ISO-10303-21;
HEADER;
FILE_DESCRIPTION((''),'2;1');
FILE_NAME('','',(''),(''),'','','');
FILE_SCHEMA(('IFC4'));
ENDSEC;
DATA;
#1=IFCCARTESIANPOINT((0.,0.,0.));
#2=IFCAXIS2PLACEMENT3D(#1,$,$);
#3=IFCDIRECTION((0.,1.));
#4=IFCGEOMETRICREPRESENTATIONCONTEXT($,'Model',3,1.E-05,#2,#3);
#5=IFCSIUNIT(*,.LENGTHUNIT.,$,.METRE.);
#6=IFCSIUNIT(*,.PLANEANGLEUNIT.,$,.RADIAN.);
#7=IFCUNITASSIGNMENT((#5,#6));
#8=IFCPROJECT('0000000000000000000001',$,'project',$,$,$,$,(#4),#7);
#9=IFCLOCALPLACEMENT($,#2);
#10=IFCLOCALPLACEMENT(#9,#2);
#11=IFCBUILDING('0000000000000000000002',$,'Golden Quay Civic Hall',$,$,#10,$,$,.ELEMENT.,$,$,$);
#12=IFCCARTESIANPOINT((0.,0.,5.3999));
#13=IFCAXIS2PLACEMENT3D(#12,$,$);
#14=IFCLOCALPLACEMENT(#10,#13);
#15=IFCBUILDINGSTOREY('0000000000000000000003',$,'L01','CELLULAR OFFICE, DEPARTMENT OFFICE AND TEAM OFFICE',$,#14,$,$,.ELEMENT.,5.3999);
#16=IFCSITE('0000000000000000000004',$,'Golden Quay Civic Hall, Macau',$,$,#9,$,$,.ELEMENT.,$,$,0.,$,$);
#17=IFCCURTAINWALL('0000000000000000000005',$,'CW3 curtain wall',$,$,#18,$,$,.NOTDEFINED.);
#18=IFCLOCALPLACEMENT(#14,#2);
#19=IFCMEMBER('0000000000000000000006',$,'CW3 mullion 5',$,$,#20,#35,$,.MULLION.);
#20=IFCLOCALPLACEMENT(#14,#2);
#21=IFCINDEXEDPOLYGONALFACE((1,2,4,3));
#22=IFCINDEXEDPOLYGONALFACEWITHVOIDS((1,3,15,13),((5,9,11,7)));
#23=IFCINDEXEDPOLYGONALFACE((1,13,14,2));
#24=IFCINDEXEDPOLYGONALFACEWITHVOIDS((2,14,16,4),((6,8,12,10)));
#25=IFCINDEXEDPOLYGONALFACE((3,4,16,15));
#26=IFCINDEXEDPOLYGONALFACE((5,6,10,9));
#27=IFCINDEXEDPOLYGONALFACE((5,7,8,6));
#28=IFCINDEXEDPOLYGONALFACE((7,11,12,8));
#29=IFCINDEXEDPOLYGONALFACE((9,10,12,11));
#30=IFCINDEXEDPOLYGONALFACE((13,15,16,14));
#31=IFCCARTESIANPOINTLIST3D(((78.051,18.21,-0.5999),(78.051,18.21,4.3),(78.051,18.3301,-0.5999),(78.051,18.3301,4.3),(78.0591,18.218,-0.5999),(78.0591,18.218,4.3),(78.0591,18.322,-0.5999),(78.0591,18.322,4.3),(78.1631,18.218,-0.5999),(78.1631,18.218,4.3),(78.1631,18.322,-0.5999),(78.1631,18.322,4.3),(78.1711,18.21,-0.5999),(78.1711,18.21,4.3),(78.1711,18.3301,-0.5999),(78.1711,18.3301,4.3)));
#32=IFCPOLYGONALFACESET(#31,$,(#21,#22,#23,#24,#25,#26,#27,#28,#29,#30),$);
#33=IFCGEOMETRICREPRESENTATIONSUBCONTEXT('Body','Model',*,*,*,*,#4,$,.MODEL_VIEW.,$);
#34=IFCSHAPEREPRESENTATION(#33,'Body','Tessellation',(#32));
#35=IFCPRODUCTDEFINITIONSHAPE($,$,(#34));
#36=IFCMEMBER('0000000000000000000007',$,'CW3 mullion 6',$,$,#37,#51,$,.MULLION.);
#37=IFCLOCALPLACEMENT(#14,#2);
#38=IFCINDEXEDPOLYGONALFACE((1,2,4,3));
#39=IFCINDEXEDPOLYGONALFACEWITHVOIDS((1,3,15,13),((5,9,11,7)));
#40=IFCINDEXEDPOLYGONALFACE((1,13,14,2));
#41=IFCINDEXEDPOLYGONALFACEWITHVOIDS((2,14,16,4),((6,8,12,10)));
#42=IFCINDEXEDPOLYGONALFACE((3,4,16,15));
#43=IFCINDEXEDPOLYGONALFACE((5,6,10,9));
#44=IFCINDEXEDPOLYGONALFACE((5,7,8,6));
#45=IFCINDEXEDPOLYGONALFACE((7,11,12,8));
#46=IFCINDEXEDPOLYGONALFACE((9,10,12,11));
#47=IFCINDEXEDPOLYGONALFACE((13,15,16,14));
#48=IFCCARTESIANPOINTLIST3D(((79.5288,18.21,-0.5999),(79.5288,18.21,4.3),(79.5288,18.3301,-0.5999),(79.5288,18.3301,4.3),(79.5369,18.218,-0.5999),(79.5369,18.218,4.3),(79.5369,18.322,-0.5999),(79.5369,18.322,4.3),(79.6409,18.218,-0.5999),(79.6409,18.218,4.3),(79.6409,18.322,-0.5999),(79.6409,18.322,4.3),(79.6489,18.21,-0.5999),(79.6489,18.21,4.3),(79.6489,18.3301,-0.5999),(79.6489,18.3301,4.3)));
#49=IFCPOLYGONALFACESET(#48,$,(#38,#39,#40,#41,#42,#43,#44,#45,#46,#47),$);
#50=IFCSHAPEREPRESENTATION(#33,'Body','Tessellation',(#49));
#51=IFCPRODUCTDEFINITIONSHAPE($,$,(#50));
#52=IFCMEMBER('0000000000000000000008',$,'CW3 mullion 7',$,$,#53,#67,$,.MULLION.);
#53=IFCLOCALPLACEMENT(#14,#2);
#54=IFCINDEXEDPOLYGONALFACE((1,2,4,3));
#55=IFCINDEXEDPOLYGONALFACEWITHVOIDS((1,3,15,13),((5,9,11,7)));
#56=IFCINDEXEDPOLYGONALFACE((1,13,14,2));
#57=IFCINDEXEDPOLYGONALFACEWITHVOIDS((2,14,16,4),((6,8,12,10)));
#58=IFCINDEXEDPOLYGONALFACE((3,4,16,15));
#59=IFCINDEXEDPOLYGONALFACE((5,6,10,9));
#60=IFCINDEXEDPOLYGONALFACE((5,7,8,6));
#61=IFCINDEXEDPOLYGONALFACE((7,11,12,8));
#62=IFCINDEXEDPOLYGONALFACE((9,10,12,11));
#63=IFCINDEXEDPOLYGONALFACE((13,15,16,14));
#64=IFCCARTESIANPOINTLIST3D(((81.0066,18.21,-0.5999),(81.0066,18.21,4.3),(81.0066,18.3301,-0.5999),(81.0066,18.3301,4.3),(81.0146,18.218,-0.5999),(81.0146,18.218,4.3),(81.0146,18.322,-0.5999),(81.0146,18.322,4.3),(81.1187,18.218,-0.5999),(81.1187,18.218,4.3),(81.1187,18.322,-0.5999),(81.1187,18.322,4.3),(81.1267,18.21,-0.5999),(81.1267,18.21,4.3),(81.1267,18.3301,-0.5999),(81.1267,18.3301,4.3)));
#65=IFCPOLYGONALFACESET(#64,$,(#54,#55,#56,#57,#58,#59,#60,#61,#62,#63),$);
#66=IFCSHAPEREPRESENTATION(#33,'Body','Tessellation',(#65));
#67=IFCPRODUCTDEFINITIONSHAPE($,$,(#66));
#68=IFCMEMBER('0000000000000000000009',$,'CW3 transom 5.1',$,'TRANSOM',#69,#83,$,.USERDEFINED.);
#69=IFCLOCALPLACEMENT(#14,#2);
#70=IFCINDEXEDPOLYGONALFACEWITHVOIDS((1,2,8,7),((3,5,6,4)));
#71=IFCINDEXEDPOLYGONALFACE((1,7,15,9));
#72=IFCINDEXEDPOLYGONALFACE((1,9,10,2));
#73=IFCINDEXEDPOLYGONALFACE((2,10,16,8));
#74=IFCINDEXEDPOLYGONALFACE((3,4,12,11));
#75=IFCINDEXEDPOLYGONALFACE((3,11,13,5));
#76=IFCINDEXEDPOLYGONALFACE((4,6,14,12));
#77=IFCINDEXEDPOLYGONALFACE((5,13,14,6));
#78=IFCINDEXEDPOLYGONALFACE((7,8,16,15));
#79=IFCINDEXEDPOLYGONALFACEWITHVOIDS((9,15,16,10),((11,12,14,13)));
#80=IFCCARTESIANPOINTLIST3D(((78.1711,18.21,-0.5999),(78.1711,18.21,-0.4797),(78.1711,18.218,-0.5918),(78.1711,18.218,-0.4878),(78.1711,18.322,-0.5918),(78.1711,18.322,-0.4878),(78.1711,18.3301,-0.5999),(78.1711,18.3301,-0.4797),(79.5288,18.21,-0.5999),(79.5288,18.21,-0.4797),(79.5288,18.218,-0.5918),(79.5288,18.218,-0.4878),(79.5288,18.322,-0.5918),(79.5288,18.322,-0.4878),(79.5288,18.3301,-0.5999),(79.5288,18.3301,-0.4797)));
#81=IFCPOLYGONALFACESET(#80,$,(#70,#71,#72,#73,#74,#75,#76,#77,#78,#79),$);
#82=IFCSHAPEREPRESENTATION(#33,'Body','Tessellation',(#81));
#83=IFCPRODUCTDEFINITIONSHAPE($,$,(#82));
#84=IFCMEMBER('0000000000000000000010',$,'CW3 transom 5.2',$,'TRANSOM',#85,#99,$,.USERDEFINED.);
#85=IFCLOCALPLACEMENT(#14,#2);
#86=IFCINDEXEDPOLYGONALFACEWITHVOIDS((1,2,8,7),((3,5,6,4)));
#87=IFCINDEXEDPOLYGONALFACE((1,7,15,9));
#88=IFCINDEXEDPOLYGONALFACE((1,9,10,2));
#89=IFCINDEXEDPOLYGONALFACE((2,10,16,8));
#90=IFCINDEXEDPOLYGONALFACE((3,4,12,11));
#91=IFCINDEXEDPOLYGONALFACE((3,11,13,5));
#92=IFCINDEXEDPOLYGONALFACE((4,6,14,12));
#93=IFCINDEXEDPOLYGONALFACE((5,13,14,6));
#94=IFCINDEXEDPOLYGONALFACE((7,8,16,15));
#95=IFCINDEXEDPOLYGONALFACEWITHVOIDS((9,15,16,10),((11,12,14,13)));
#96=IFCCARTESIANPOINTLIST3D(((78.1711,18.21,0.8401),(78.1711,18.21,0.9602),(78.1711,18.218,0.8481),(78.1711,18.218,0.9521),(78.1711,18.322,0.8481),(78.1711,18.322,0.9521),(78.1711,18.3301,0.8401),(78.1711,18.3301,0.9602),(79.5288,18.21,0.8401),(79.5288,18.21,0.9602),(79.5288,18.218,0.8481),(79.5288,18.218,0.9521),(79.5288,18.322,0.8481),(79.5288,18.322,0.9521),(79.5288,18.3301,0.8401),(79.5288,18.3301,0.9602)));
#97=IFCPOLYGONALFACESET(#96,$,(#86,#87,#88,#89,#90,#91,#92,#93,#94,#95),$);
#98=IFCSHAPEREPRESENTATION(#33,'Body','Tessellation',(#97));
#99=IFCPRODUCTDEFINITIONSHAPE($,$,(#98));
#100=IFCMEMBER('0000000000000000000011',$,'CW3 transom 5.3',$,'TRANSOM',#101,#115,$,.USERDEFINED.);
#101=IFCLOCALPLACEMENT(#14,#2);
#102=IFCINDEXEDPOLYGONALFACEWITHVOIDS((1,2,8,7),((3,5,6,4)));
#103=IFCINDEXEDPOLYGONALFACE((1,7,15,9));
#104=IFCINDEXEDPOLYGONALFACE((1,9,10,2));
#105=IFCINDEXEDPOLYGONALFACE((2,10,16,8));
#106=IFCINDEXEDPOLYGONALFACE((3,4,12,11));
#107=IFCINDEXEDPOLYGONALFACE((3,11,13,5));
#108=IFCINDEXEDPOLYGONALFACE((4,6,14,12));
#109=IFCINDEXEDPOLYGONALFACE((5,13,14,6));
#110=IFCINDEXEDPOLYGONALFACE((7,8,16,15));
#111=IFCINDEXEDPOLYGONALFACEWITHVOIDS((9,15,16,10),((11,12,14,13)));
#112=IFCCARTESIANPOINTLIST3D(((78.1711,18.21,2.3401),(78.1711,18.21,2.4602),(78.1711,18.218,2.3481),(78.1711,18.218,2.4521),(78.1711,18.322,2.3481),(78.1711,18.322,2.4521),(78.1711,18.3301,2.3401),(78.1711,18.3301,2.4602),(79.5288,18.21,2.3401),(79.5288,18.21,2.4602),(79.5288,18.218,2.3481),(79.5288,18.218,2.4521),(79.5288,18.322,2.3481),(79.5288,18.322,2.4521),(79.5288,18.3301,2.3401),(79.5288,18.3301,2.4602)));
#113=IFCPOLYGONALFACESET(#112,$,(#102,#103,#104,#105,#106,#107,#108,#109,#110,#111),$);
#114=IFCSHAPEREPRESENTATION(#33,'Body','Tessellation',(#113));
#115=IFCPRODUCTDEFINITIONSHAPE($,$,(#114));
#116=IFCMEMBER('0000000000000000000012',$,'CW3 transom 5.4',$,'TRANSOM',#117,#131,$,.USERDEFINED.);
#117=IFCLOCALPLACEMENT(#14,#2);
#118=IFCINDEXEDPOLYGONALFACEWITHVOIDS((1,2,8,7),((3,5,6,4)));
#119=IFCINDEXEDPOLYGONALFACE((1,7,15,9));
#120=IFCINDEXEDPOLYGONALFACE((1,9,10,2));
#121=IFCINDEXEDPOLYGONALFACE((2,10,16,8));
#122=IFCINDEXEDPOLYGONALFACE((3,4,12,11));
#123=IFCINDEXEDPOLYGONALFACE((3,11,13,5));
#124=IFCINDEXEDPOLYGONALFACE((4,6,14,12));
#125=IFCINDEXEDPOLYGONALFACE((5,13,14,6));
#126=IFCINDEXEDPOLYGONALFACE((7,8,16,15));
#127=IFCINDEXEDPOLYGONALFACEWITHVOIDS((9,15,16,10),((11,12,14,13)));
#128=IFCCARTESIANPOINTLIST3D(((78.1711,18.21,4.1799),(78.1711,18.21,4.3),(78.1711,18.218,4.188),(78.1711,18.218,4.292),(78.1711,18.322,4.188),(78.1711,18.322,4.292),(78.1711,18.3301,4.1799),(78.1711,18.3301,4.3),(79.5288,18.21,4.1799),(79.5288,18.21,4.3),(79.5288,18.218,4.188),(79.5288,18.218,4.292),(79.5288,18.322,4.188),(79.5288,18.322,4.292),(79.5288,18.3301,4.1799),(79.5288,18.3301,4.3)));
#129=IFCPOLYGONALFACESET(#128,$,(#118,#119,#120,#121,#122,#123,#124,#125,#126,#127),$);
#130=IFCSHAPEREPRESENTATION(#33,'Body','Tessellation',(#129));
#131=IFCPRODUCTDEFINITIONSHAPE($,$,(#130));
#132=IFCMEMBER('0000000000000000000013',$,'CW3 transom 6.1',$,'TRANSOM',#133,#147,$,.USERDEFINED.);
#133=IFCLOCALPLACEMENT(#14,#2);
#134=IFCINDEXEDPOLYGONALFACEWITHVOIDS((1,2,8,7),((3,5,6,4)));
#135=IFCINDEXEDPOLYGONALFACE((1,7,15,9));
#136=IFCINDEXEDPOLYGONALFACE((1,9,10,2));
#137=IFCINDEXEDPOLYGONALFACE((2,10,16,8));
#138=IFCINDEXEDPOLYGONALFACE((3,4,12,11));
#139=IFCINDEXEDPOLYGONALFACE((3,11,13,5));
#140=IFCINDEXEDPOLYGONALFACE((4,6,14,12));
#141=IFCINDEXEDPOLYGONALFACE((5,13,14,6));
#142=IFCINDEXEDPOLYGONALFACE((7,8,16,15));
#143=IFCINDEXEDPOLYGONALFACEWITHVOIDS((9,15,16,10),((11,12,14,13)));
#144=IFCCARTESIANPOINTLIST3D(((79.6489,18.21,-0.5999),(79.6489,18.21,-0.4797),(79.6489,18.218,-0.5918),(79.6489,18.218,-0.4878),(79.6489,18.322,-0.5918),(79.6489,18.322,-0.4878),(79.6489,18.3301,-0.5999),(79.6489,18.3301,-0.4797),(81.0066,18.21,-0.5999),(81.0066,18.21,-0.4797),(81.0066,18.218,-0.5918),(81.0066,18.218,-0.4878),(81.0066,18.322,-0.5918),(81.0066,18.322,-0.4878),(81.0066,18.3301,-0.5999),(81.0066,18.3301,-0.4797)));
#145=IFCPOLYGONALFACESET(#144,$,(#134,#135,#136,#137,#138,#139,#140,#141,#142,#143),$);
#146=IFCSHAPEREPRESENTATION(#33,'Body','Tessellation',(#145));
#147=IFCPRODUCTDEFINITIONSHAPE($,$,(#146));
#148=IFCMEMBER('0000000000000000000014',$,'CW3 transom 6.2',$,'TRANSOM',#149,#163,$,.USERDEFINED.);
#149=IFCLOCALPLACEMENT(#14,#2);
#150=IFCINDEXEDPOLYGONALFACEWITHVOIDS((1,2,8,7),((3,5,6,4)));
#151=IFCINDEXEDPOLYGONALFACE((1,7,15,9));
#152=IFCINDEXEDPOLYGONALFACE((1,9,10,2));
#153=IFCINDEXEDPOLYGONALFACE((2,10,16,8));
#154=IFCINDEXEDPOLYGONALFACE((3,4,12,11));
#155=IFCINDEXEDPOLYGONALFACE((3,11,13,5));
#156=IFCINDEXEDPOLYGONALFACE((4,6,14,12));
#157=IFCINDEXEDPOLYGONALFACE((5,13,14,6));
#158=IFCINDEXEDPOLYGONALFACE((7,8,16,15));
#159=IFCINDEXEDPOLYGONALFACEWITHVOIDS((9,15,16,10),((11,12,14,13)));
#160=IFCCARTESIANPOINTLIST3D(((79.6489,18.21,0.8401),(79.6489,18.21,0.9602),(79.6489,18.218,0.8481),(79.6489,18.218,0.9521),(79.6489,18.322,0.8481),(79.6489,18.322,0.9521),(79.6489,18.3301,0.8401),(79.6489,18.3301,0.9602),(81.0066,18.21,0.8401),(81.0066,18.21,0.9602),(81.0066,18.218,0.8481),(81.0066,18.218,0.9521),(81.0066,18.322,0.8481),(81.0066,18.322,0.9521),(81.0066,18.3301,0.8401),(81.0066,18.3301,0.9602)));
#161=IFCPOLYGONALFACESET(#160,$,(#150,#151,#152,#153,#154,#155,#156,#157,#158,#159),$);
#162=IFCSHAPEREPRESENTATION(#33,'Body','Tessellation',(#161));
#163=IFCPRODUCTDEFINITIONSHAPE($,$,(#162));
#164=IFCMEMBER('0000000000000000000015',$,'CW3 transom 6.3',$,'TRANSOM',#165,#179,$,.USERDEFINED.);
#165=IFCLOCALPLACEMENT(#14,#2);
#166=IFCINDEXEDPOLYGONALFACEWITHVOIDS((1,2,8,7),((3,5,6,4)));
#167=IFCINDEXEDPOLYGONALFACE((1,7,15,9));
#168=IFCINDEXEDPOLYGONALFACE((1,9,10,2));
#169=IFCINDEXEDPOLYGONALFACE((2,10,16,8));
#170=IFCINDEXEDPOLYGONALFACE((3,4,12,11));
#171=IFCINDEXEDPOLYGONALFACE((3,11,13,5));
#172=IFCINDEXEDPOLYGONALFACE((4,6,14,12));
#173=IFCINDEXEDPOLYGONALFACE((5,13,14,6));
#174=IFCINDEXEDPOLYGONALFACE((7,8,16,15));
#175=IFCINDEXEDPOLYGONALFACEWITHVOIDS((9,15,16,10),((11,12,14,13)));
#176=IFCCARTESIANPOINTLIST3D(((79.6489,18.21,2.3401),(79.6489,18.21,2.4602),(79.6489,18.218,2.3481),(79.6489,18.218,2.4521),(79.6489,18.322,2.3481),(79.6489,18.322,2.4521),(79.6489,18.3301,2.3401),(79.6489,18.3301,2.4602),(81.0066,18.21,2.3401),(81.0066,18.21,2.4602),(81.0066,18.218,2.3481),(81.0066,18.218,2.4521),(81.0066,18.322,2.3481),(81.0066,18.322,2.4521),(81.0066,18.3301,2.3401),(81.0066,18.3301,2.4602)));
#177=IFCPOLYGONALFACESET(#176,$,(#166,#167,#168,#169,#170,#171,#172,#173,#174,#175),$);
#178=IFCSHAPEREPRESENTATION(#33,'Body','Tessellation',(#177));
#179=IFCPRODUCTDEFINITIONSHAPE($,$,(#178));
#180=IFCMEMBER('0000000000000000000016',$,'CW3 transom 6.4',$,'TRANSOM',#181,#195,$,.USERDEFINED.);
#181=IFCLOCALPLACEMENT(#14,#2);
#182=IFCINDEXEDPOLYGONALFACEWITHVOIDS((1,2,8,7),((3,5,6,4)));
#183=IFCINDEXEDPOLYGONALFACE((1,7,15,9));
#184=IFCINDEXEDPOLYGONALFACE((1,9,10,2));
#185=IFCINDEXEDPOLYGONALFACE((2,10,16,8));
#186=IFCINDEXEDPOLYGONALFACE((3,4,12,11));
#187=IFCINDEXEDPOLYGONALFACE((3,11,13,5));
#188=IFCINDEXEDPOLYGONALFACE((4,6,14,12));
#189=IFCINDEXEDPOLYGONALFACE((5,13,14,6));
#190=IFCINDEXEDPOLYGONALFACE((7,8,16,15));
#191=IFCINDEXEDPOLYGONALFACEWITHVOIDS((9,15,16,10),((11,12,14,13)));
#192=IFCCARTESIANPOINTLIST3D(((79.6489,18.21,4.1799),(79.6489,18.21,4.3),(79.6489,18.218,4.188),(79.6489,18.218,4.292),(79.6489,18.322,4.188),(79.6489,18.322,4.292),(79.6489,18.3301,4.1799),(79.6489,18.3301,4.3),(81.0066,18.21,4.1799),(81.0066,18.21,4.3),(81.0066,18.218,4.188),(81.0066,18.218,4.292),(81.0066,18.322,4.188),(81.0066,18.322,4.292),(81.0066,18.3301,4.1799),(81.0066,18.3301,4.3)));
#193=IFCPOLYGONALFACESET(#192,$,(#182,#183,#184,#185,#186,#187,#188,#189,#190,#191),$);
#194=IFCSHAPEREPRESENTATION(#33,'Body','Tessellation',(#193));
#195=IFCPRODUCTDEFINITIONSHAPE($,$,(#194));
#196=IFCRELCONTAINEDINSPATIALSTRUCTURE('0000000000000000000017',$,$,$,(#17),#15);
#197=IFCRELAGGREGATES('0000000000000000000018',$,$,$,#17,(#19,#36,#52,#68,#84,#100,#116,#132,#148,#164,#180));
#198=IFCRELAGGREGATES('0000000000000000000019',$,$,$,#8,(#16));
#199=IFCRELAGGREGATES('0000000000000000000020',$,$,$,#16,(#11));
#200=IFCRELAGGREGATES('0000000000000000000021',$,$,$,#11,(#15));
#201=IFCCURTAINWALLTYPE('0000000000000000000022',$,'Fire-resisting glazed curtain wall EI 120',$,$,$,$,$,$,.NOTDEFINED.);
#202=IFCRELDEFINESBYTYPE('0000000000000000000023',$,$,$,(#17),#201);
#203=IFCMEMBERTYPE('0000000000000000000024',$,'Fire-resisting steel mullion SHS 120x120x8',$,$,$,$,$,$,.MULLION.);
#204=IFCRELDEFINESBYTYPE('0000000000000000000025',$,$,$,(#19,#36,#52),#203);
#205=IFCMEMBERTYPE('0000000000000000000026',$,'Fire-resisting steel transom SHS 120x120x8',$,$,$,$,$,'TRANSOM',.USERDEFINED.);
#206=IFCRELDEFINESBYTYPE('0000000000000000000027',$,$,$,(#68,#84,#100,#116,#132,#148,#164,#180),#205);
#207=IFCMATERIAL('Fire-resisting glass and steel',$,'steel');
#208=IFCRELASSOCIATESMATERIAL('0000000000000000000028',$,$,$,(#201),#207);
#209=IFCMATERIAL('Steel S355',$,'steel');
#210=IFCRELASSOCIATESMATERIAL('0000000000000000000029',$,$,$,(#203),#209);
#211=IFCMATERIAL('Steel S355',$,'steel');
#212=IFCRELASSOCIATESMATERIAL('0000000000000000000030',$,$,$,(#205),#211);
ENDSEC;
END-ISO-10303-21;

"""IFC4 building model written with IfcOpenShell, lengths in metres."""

from ifc_helpers import new_model, si_unit, direction, frame, origin, origin_2d, place, context, subcontext, project, spatial, hollow_rectangle, extrude, material, material_profile, profile_set, type_object, element, aggregate, save


model = new_model("IFC4")

# Units and contexts
model_context = context("Model", 3, precision=1e-05, world=origin(), true_north=direction((0.0, 1.0)))
body_context = subcontext(model_context, "Body", "Model", "MODEL_VIEW")
ifc_project = project(units=[si_unit("LENGTHUNIT", "METRE"), si_unit("PLANEANGLEUNIT", "RADIAN")], contexts=[model_context])

# Site, building, storey
site_placement = place(None, origin())
site = spatial("IfcSite", under=ifc_project, at=site_placement, Name="Golden Quay Civic Hall, Macau", CompositionType="ELEMENT", RefElevation=0.0)
building_placement = place(site_placement, origin())
building = spatial("IfcBuilding", under=site, at=building_placement, Name="Golden Quay Civic Hall", CompositionType="ELEMENT")
storey_placement = place(building_placement, frame((0.0, 0.0, 5.3999)))
storey = spatial("IfcBuildingStorey", under=building, at=storey_placement, Name="L01", Description="CELLULAR OFFICE, DEPARTMENT OFFICE AND TEAM OFFICE", CompositionType="ELEMENT", Elevation=5.3999)

# Curtain wall, members
ifc_material_1 = material(Name="Fire-resisting glass and steel", Category="steel")
curtain_wall_type = type_object("IfcCurtainWallType", Name="Fire-resisting glazed curtain wall EI 120", PredefinedType="NOTDEFINED", material=ifc_material_1)
curtain_wall_placement = place(storey_placement, origin())
curtain_wall = element("IfcCurtainWall", 1, at=curtain_wall_placement, inside=storey, type_object=curtain_wall_type, Name="CW3 curtain wall", PredefinedType="NOTDEFINED")
ifc_material_2 = material(Name="Steel S355", Category="steel")
ifc_material_profile_1 = material_profile(ifc_material_2, hollow_rectangle(XDim=0.1201, YDim=0.1201, WallThickness=0.0081, at=origin_2d()), Name="SHS 120x120x8")
ifc_profile_set_1 = profile_set([ifc_material_profile_1], Name="Steel S355")
member_type_1 = type_object("IfcMemberType", Name="Fire-resisting steel mullion SHS 120x120x8", PredefinedType="MULLION", material=ifc_profile_set_1)
member_1_placement = place(storey_placement, frame((78.1111, 18.27, -0.5999), z_axis=(0.0, 0.0, 1.0), x_axis=(0.0, 1.0, 0.0)))
member_1 = element("IfcMember", 2, at=member_1_placement, type_object=member_type_1, Name="CW3 mullion 5", PredefinedType="MULLION", context=body_context, shape_type="SweptSolid", body=[
    extrude(hollow_rectangle(XDim=0.1201, YDim=0.1201, WallThickness=0.0081, at=origin_2d()), origin(), (0.0, 0.0, 1.0), 4.8999),
])
member_2_placement = place(storey_placement, frame((79.5889, 18.27, -0.5999), z_axis=(0.0, 0.0, 1.0), x_axis=(0.0, 1.0, 0.0)))
member_2 = element("IfcMember", 3, at=member_2_placement, type_object=member_type_1, Name="CW3 mullion 6", PredefinedType="MULLION", context=body_context, shape_type="SweptSolid", body=[
    extrude(hollow_rectangle(XDim=0.1201, YDim=0.1201, WallThickness=0.0081, at=origin_2d()), origin(), (0.0, 0.0, 1.0), 4.8999),
])
member_3_placement = place(storey_placement, frame((81.0667, 18.27, -0.5999), z_axis=(0.0, 0.0, 1.0), x_axis=(0.0, 1.0, 0.0)))
member_3 = element("IfcMember", 4, at=member_3_placement, type_object=member_type_1, Name="CW3 mullion 7", PredefinedType="MULLION", context=body_context, shape_type="SweptSolid", body=[
    extrude(hollow_rectangle(XDim=0.1201, YDim=0.1201, WallThickness=0.0081, at=origin_2d()), origin(), (0.0, 0.0, 1.0), 4.8999),
])
ifc_material_3 = material(Name="Steel S355", Category="steel")
ifc_material_profile_2 = material_profile(ifc_material_3, hollow_rectangle(XDim=0.1201, YDim=0.1201, WallThickness=0.0081, at=origin_2d()), Name="SHS 120x120x8")
ifc_profile_set_2 = profile_set([ifc_material_profile_2], Name="Steel S355")
member_type_2 = type_object("IfcMemberType", Name="Fire-resisting steel transom SHS 120x120x8", ElementType="TRANSOM", PredefinedType="USERDEFINED", material=ifc_profile_set_2)
member_4_placement = place(storey_placement, frame((78.1711, 18.27, -0.5398), z_axis=(1.0, 0.0, 0.0), x_axis=(0.0, 1.0, 0.0)))
member_4 = element("IfcMember", 5, at=member_4_placement, type_object=member_type_2, Name="CW3 transom 5.1", ObjectType="TRANSOM", PredefinedType="USERDEFINED", context=body_context, shape_type="SweptSolid", body=[
    extrude(hollow_rectangle(XDim=0.1201, YDim=0.1201, WallThickness=0.0081, at=origin_2d()), origin(), (0.0, 0.0, 1.0), 1.3577),
])
member_5_placement = place(storey_placement, frame((78.1711, 18.27, 0.9001), z_axis=(1.0, 0.0, 0.0), x_axis=(0.0, 1.0, 0.0)))
member_5 = element("IfcMember", 6, at=member_5_placement, type_object=member_type_2, Name="CW3 transom 5.2", ObjectType="TRANSOM", PredefinedType="USERDEFINED", context=body_context, shape_type="SweptSolid", body=[
    extrude(hollow_rectangle(XDim=0.1201, YDim=0.1201, WallThickness=0.0081, at=origin_2d()), origin(), (0.0, 0.0, 1.0), 1.3577),
])
member_6_placement = place(storey_placement, frame((78.1711, 18.27, 2.4001), z_axis=(1.0, 0.0, 0.0), x_axis=(0.0, 1.0, 0.0)))
member_6 = element("IfcMember", 7, at=member_6_placement, type_object=member_type_2, Name="CW3 transom 5.3", ObjectType="TRANSOM", PredefinedType="USERDEFINED", context=body_context, shape_type="SweptSolid", body=[
    extrude(hollow_rectangle(XDim=0.1201, YDim=0.1201, WallThickness=0.0081, at=origin_2d()), origin(), (0.0, 0.0, 1.0), 1.3577),
])
member_7_placement = place(storey_placement, frame((78.1711, 18.27, 4.24), z_axis=(1.0, 0.0, 0.0), x_axis=(0.0, 1.0, 0.0)))
member_7 = element("IfcMember", 8, at=member_7_placement, type_object=member_type_2, Name="CW3 transom 5.4", ObjectType="TRANSOM", PredefinedType="USERDEFINED", context=body_context, shape_type="SweptSolid", body=[
    extrude(hollow_rectangle(XDim=0.1201, YDim=0.1201, WallThickness=0.0081, at=origin_2d()), origin(), (0.0, 0.0, 1.0), 1.3577),
])
member_8_placement = place(storey_placement, frame((79.6489, 18.27, -0.5398), z_axis=(1.0, 0.0, 0.0), x_axis=(0.0, 1.0, 0.0)))
member_8 = element("IfcMember", 9, at=member_8_placement, type_object=member_type_2, Name="CW3 transom 6.1", ObjectType="TRANSOM", PredefinedType="USERDEFINED", context=body_context, shape_type="SweptSolid", body=[
    extrude(hollow_rectangle(XDim=0.1201, YDim=0.1201, WallThickness=0.0081, at=origin_2d()), origin(), (0.0, 0.0, 1.0), 1.3577),
])
member_9_placement = place(storey_placement, frame((79.6489, 18.27, 0.9001), z_axis=(1.0, 0.0, 0.0), x_axis=(0.0, 1.0, 0.0)))
member_9 = element("IfcMember", 10, at=member_9_placement, type_object=member_type_2, Name="CW3 transom 6.2", ObjectType="TRANSOM", PredefinedType="USERDEFINED", context=body_context, shape_type="SweptSolid", body=[
    extrude(hollow_rectangle(XDim=0.1201, YDim=0.1201, WallThickness=0.0081, at=origin_2d()), origin(), (0.0, 0.0, 1.0), 1.3577),
])
member_10_placement = place(storey_placement, frame((79.6489, 18.27, 2.4001), z_axis=(1.0, 0.0, 0.0), x_axis=(0.0, 1.0, 0.0)))
member_10 = element("IfcMember", 11, at=member_10_placement, type_object=member_type_2, Name="CW3 transom 6.3", ObjectType="TRANSOM", PredefinedType="USERDEFINED", context=body_context, shape_type="SweptSolid", body=[
    extrude(hollow_rectangle(XDim=0.1201, YDim=0.1201, WallThickness=0.0081, at=origin_2d()), origin(), (0.0, 0.0, 1.0), 1.3577),
])
member_11_placement = place(storey_placement, frame((79.6489, 18.27, 4.24), z_axis=(1.0, 0.0, 0.0), x_axis=(0.0, 1.0, 0.0)))
member_11 = element("IfcMember", 12, at=member_11_placement, type_object=member_type_2, Name="CW3 transom 6.4", ObjectType="TRANSOM", PredefinedType="USERDEFINED", context=body_context, shape_type="SweptSolid", body=[
    extrude(hollow_rectangle(XDim=0.1201, YDim=0.1201, WallThickness=0.0081, at=origin_2d()), origin(), (0.0, 0.0, 1.0), 1.3577),
])
aggregate(curtain_wall, [member_1, member_2, member_3, member_4, member_5, member_6, member_7, member_8, member_9, member_10, member_11])

save(model, "model.ifc")
